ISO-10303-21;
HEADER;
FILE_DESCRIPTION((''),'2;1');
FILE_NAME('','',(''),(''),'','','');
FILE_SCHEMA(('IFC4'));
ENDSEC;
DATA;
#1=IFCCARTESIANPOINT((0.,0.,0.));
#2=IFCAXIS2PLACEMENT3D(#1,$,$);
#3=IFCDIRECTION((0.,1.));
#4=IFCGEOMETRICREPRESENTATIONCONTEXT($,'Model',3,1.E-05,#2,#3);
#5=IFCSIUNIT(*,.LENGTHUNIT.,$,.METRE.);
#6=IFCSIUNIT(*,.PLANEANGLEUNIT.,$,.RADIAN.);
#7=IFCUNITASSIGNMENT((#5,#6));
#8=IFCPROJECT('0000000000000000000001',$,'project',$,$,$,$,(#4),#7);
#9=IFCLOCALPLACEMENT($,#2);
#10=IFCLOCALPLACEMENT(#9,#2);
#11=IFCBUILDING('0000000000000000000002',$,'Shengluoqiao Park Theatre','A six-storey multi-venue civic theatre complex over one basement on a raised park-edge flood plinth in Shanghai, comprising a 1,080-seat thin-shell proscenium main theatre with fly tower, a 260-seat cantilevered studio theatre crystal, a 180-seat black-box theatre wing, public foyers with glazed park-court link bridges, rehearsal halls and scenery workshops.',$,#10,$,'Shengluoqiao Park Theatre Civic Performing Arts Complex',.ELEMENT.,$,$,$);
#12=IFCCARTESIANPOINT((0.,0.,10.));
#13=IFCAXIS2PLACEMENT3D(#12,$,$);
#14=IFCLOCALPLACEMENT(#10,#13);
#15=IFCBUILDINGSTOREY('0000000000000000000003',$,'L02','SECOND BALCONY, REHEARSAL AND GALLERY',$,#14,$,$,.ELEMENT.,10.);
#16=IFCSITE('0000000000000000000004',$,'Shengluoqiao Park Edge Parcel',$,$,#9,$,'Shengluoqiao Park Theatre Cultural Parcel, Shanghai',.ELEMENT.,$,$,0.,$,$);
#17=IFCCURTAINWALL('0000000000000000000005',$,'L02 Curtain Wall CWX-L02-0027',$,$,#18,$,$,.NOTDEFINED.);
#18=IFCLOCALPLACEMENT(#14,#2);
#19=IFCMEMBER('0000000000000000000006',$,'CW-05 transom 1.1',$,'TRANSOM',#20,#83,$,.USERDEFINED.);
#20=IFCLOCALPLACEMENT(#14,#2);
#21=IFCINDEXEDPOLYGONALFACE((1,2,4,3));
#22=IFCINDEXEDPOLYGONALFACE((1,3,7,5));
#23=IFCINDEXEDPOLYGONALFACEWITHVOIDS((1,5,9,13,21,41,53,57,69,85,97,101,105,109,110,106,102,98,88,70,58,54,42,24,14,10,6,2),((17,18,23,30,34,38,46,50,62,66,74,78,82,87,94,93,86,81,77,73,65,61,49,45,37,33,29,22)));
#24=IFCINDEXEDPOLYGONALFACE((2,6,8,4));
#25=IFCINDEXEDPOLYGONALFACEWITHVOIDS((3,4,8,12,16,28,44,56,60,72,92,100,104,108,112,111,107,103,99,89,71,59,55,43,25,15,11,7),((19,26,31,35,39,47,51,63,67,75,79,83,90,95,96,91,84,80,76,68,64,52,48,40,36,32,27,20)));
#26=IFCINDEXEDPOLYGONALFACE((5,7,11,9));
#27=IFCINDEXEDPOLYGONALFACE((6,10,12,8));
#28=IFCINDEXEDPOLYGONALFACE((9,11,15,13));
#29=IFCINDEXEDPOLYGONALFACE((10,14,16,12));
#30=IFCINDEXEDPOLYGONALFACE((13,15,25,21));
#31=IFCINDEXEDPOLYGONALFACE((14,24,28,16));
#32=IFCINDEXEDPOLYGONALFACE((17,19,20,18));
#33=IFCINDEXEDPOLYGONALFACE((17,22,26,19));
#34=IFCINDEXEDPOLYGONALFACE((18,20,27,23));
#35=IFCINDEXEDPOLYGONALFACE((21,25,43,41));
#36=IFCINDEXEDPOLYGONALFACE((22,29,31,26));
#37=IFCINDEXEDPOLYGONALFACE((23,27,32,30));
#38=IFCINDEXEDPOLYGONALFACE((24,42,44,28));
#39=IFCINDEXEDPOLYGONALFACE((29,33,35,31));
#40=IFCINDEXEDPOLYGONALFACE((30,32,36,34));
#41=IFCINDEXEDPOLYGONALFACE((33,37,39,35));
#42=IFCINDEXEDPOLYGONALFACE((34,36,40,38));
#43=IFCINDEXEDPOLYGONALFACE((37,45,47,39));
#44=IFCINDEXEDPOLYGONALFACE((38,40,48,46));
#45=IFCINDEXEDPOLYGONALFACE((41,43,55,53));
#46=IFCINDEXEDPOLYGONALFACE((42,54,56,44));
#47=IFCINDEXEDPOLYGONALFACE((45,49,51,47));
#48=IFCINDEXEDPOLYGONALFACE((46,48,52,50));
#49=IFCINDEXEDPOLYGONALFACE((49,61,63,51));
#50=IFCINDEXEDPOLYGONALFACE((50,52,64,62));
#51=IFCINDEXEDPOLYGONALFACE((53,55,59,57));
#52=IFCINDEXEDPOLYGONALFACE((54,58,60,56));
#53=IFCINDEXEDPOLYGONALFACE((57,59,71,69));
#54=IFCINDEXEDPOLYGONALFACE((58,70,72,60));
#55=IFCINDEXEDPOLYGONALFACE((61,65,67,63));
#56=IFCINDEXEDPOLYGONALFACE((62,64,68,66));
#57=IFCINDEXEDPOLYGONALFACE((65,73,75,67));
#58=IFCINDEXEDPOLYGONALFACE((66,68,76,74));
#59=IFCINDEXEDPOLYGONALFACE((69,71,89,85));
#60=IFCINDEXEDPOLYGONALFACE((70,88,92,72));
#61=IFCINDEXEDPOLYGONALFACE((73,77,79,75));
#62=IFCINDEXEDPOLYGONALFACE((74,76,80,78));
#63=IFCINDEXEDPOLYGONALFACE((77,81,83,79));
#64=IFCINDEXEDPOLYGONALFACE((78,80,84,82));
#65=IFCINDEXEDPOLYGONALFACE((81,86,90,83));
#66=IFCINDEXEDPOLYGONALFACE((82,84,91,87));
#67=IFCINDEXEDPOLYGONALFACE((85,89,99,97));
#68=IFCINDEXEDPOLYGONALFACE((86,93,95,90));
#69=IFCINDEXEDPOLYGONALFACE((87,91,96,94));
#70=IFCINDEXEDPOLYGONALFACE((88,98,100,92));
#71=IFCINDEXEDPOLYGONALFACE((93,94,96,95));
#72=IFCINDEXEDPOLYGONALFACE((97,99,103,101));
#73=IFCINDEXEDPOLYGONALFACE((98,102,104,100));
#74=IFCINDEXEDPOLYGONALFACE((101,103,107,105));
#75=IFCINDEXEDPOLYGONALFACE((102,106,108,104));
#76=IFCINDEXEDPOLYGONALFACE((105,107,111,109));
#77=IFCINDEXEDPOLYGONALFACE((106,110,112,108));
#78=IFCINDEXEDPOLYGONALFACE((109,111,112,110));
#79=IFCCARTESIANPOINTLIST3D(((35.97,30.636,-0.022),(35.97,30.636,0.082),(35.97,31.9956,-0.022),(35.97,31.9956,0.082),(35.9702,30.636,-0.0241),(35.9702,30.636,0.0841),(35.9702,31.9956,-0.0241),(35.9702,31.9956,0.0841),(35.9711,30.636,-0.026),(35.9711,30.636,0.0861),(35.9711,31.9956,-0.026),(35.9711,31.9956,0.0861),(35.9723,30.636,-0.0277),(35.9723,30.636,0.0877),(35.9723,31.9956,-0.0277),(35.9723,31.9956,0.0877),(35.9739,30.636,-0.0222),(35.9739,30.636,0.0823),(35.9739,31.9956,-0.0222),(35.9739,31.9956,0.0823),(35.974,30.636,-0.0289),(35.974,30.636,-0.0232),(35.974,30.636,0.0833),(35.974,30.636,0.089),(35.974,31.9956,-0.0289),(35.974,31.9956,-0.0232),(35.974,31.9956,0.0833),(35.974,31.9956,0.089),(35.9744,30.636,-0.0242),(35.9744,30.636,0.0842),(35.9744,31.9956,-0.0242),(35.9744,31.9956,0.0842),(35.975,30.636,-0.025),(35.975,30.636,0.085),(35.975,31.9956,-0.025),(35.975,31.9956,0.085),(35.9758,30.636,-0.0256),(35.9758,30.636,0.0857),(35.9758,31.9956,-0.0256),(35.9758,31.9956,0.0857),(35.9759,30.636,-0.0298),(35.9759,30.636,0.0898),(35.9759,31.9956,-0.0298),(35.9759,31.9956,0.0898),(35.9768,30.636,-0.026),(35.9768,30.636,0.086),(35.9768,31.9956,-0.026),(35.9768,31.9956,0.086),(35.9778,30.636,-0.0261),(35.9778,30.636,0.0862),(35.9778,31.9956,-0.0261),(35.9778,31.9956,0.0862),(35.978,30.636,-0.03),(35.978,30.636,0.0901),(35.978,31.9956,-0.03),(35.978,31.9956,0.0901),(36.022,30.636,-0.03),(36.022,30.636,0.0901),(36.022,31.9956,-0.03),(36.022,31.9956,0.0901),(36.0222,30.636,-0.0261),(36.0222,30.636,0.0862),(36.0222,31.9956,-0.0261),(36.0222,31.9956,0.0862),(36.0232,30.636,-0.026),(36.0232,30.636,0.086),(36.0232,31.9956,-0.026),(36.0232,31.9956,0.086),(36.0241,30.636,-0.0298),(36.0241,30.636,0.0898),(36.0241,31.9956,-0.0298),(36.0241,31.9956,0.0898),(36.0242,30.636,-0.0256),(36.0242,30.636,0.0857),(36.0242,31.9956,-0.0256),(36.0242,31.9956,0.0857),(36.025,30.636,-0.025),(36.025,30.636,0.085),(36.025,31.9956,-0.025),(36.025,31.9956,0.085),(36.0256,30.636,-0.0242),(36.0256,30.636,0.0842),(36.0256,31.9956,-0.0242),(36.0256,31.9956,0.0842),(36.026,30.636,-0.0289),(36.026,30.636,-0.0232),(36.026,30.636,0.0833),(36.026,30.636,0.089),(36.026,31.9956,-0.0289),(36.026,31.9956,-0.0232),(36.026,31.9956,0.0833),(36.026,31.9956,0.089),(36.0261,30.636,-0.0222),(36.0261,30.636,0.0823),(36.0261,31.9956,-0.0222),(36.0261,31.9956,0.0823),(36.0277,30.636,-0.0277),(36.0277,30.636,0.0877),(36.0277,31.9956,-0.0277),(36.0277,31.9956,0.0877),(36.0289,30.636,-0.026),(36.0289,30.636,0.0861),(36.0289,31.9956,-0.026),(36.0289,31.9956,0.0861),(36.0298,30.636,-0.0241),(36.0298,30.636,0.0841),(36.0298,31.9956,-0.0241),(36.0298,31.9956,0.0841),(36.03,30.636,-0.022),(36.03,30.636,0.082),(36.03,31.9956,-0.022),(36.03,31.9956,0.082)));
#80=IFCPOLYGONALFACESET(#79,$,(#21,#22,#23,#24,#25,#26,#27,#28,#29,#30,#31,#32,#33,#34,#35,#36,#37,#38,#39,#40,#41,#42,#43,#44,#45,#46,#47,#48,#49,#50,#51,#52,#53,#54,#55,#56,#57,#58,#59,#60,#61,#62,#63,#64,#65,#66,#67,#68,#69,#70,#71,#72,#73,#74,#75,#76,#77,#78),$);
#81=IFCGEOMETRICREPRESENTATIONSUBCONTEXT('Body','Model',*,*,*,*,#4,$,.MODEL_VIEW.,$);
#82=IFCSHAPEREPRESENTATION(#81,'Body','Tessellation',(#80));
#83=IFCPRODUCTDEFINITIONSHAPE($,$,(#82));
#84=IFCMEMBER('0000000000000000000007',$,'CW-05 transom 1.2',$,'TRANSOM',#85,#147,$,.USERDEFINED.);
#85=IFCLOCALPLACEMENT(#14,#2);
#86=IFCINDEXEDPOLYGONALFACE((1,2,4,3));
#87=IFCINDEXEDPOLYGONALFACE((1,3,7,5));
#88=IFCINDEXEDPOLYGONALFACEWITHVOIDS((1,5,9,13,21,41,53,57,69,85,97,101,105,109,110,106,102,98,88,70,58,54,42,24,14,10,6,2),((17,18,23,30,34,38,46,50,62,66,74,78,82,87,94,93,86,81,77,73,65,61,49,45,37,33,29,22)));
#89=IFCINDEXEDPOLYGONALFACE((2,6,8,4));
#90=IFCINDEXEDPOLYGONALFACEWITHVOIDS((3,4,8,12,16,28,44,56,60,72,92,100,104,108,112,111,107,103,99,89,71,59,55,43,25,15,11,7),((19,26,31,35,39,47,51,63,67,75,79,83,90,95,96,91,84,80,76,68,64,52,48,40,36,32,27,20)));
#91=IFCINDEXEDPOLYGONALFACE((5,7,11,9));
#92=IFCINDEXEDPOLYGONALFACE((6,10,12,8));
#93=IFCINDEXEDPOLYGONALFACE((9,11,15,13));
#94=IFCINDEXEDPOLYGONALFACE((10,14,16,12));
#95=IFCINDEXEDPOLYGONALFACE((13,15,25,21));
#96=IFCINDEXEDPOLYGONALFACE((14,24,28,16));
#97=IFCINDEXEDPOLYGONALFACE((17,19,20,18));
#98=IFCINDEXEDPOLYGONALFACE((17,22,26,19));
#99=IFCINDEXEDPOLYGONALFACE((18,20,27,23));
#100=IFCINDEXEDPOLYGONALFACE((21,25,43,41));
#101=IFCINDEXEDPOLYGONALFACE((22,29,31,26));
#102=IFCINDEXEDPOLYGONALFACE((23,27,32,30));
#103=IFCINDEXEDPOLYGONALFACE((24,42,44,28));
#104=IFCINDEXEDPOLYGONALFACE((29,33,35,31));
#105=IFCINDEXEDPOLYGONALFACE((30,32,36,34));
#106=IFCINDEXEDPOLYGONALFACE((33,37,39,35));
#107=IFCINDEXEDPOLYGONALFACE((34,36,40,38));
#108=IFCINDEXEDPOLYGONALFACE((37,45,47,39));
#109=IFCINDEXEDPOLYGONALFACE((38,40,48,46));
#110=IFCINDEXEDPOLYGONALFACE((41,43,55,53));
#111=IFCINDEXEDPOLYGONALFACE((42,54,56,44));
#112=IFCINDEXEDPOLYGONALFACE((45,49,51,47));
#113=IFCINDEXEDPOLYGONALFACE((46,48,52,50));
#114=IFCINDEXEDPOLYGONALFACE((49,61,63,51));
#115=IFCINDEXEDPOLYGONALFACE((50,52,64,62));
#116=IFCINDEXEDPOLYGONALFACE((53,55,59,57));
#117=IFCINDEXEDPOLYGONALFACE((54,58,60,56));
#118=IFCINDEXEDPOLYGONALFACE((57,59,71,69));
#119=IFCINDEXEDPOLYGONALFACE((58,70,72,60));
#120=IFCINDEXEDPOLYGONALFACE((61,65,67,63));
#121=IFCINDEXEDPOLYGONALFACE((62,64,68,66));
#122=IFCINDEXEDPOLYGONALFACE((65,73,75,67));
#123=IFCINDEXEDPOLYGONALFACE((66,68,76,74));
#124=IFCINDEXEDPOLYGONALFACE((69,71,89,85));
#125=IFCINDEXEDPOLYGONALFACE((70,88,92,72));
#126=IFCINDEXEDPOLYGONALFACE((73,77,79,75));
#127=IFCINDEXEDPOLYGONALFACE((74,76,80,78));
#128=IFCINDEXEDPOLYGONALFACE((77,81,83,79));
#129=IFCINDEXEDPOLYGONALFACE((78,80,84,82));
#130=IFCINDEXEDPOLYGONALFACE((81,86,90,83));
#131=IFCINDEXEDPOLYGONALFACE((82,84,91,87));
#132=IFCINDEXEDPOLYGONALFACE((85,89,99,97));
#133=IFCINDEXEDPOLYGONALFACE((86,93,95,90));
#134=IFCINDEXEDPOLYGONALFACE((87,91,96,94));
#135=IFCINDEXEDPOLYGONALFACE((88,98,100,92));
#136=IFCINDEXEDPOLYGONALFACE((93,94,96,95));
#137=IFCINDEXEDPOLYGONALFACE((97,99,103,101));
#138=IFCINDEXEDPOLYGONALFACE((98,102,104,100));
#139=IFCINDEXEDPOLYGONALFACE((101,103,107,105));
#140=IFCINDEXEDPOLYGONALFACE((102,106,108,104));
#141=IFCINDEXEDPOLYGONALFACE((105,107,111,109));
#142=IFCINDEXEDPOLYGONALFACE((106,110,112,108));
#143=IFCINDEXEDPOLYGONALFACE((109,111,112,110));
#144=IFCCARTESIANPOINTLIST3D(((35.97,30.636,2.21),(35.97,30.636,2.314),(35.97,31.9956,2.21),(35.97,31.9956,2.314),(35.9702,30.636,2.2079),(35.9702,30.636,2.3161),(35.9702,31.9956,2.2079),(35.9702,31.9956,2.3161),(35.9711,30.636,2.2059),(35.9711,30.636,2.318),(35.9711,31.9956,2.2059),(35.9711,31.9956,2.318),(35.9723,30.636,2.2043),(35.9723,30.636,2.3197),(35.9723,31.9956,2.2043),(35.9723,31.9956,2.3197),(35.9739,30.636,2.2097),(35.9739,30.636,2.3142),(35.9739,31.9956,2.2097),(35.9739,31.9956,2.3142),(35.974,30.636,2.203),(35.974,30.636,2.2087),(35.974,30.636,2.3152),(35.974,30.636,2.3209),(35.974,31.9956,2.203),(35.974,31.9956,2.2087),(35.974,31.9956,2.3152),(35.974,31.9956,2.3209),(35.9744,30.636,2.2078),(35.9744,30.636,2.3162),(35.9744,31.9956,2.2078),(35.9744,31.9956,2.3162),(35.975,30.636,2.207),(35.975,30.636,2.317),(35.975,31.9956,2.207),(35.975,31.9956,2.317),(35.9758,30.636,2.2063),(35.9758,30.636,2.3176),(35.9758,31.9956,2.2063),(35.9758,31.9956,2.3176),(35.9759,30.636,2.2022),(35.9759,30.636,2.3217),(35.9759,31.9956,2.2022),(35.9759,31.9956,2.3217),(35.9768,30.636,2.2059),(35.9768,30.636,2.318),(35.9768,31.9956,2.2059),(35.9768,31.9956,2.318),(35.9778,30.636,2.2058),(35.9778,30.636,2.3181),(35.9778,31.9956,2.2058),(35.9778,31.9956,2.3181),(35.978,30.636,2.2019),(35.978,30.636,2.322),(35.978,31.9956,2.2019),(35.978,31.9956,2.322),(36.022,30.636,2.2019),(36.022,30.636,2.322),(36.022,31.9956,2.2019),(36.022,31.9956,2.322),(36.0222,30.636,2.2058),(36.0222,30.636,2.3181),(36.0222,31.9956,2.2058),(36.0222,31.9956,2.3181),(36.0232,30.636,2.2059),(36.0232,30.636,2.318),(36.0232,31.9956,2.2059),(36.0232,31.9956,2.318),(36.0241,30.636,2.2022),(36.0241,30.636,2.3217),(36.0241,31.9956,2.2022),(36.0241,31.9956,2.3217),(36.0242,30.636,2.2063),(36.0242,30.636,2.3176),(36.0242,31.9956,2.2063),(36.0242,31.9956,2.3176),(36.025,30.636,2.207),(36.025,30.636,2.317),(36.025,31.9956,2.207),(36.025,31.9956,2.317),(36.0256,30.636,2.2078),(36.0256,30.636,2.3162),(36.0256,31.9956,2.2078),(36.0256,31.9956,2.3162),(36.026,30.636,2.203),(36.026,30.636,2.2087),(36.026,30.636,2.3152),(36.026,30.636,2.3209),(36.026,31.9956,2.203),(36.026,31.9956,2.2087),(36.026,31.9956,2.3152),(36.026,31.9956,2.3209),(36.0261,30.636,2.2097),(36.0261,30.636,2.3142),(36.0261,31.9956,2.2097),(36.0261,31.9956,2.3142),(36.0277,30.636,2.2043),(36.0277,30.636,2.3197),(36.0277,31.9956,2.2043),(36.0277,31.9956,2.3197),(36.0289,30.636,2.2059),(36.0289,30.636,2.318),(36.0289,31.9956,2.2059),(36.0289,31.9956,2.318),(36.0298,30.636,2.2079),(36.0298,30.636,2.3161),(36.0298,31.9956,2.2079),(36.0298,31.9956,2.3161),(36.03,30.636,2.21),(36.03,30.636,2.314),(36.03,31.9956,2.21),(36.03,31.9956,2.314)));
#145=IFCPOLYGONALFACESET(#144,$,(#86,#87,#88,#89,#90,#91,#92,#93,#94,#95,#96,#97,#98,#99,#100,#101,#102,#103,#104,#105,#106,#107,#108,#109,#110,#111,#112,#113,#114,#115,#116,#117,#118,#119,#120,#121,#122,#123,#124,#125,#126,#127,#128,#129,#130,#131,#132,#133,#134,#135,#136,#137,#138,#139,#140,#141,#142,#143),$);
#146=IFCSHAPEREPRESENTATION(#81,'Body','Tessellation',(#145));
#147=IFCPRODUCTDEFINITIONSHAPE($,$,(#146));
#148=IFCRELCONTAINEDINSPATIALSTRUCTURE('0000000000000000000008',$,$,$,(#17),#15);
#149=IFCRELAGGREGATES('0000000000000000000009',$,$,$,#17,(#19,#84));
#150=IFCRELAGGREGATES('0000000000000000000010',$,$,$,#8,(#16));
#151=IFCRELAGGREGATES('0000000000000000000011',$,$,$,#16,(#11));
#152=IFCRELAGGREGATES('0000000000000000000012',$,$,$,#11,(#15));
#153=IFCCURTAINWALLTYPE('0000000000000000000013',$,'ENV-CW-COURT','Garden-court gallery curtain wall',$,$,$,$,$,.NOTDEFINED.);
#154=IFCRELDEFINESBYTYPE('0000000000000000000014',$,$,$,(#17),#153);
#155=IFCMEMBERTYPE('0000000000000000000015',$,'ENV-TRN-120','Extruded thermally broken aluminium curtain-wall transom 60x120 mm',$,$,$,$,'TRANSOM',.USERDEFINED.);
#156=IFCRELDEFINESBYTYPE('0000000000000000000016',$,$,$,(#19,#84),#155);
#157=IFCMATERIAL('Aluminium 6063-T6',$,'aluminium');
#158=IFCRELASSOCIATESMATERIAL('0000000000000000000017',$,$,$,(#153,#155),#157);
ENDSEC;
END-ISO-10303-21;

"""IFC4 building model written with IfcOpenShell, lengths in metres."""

from ifc_helpers import new_model, si_unit, direction, frame, origin, origin_2d, place, context, subcontext, project, spatial, hollow_rectangle, extrude, material, material_profile, profile_set, type_object, element, aggregate, save


model = new_model("IFC4")

# Units and contexts
model_context = context("Model", 3, precision=1e-05, world=origin(), true_north=direction((0.0, 1.0)))
body_context = subcontext(model_context, "Body", "Model", "MODEL_VIEW")
ifc_project = project(units=[si_unit("LENGTHUNIT", "METRE"), si_unit("PLANEANGLEUNIT", "RADIAN")], contexts=[model_context])

# Site, building, storey
site_placement = place(None, origin())
site = spatial("IfcSite", under=ifc_project, at=site_placement, Name="Shengluoqiao Park Edge Parcel", LongName="Shengluoqiao Park Theatre Cultural Parcel, Shanghai", CompositionType="ELEMENT", RefElevation=0.0)
building_placement = place(site_placement, origin())
building = spatial("IfcBuilding", under=site, at=building_placement, Name="Shengluoqiao Park Theatre", Description="A six-storey multi-venue civic theatre complex over one basement on a raised park-edge flood plinth in Shanghai, comprising a 1,080-seat thin-shell proscenium main theatre with fly tower, a 260-seat cantilevered studio theatre crystal, a 180-seat black-box theatre wing, public foyers with glazed park-court link bridges, rehearsal halls and scenery workshops.", LongName="Shengluoqiao Park Theatre Civic Performing Arts Complex", CompositionType="ELEMENT")
storey_placement = place(building_placement, frame((0.0, 0.0, 10.0)))
storey = spatial("IfcBuildingStorey", under=building, at=storey_placement, Name="L02", Description="SECOND BALCONY, REHEARSAL AND GALLERY", CompositionType="ELEMENT", Elevation=10.0)

# Shared definitions
ifc_material_1 = material(Name="Aluminium 6063-T6", Category="aluminium")

# Curtain wall
curtain_wall_type_1 = type_object("IfcCurtainWallType", Name="ENV-CW-COURT", Description="Garden-court gallery curtain wall", PredefinedType="NOTDEFINED", material=ifc_material_1)
curtain_wall_1_placement = place(storey_placement, origin())
curtain_wall_1 = element("IfcCurtainWall", 1, at=curtain_wall_1_placement, inside=storey, type_object=curtain_wall_type_1, Name="L02 Curtain Wall CWX-L02-0027", PredefinedType="NOTDEFINED")

# Members
ifc_material_profile_1 = material_profile(ifc_material_1, hollow_rectangle(XDim=0.0601, YDim=0.1201, WallThickness=0.0039, InnerFilletRadius=0.0039, OuterFilletRadius=0.0081, at=origin_2d()), Name="ALU TRANSOM 120x60x4")
ifc_profile_set_1 = profile_set([ifc_material_profile_1], Name="Aluminium 6063-T6")
member_type_1 = type_object("IfcMemberType", Name="ENV-TRN-120", Description="Extruded thermally broken aluminium curtain-wall transom 60x120 mm", ElementType="TRANSOM", PredefinedType="USERDEFINED", material=ifc_profile_set_1)
member_1_placement = place(storey_placement, frame((36.0, 30.636, 0.03), z_axis=(0.0, 1.0, 0.0), x_axis=(-1.0, 0.0, 0.0)))
member_1 = element("IfcMember", 2, at=member_1_placement, type_object=member_type_1, Name="CW-05 transom 1.1", ObjectType="TRANSOM", PredefinedType="USERDEFINED", context=body_context, shape_type="SweptSolid", body=[
    extrude(hollow_rectangle(XDim=0.0601, YDim=0.1201, WallThickness=0.0039, InnerFilletRadius=0.0039, OuterFilletRadius=0.0081, at=origin_2d()), origin(), (0.0, 0.0, 1.0), 1.3596),
])
member_2_placement = place(storey_placement, frame((36.0, 30.636, 2.262), z_axis=(0.0, 1.0, 0.0), x_axis=(-1.0, 0.0, 0.0)))
member_2 = element("IfcMember", 3, at=member_2_placement, type_object=member_type_1, Name="CW-05 transom 1.2", ObjectType="TRANSOM", PredefinedType="USERDEFINED", context=body_context, shape_type="SweptSolid", body=[
    extrude(hollow_rectangle(XDim=0.0601, YDim=0.1201, WallThickness=0.0039, InnerFilletRadius=0.0039, OuterFilletRadius=0.0081, at=origin_2d()), origin(), (0.0, 0.0, 1.0), 1.3596),
])

aggregate(curtain_wall_1, [member_1, member_2])

save(model, "model.ifc")
